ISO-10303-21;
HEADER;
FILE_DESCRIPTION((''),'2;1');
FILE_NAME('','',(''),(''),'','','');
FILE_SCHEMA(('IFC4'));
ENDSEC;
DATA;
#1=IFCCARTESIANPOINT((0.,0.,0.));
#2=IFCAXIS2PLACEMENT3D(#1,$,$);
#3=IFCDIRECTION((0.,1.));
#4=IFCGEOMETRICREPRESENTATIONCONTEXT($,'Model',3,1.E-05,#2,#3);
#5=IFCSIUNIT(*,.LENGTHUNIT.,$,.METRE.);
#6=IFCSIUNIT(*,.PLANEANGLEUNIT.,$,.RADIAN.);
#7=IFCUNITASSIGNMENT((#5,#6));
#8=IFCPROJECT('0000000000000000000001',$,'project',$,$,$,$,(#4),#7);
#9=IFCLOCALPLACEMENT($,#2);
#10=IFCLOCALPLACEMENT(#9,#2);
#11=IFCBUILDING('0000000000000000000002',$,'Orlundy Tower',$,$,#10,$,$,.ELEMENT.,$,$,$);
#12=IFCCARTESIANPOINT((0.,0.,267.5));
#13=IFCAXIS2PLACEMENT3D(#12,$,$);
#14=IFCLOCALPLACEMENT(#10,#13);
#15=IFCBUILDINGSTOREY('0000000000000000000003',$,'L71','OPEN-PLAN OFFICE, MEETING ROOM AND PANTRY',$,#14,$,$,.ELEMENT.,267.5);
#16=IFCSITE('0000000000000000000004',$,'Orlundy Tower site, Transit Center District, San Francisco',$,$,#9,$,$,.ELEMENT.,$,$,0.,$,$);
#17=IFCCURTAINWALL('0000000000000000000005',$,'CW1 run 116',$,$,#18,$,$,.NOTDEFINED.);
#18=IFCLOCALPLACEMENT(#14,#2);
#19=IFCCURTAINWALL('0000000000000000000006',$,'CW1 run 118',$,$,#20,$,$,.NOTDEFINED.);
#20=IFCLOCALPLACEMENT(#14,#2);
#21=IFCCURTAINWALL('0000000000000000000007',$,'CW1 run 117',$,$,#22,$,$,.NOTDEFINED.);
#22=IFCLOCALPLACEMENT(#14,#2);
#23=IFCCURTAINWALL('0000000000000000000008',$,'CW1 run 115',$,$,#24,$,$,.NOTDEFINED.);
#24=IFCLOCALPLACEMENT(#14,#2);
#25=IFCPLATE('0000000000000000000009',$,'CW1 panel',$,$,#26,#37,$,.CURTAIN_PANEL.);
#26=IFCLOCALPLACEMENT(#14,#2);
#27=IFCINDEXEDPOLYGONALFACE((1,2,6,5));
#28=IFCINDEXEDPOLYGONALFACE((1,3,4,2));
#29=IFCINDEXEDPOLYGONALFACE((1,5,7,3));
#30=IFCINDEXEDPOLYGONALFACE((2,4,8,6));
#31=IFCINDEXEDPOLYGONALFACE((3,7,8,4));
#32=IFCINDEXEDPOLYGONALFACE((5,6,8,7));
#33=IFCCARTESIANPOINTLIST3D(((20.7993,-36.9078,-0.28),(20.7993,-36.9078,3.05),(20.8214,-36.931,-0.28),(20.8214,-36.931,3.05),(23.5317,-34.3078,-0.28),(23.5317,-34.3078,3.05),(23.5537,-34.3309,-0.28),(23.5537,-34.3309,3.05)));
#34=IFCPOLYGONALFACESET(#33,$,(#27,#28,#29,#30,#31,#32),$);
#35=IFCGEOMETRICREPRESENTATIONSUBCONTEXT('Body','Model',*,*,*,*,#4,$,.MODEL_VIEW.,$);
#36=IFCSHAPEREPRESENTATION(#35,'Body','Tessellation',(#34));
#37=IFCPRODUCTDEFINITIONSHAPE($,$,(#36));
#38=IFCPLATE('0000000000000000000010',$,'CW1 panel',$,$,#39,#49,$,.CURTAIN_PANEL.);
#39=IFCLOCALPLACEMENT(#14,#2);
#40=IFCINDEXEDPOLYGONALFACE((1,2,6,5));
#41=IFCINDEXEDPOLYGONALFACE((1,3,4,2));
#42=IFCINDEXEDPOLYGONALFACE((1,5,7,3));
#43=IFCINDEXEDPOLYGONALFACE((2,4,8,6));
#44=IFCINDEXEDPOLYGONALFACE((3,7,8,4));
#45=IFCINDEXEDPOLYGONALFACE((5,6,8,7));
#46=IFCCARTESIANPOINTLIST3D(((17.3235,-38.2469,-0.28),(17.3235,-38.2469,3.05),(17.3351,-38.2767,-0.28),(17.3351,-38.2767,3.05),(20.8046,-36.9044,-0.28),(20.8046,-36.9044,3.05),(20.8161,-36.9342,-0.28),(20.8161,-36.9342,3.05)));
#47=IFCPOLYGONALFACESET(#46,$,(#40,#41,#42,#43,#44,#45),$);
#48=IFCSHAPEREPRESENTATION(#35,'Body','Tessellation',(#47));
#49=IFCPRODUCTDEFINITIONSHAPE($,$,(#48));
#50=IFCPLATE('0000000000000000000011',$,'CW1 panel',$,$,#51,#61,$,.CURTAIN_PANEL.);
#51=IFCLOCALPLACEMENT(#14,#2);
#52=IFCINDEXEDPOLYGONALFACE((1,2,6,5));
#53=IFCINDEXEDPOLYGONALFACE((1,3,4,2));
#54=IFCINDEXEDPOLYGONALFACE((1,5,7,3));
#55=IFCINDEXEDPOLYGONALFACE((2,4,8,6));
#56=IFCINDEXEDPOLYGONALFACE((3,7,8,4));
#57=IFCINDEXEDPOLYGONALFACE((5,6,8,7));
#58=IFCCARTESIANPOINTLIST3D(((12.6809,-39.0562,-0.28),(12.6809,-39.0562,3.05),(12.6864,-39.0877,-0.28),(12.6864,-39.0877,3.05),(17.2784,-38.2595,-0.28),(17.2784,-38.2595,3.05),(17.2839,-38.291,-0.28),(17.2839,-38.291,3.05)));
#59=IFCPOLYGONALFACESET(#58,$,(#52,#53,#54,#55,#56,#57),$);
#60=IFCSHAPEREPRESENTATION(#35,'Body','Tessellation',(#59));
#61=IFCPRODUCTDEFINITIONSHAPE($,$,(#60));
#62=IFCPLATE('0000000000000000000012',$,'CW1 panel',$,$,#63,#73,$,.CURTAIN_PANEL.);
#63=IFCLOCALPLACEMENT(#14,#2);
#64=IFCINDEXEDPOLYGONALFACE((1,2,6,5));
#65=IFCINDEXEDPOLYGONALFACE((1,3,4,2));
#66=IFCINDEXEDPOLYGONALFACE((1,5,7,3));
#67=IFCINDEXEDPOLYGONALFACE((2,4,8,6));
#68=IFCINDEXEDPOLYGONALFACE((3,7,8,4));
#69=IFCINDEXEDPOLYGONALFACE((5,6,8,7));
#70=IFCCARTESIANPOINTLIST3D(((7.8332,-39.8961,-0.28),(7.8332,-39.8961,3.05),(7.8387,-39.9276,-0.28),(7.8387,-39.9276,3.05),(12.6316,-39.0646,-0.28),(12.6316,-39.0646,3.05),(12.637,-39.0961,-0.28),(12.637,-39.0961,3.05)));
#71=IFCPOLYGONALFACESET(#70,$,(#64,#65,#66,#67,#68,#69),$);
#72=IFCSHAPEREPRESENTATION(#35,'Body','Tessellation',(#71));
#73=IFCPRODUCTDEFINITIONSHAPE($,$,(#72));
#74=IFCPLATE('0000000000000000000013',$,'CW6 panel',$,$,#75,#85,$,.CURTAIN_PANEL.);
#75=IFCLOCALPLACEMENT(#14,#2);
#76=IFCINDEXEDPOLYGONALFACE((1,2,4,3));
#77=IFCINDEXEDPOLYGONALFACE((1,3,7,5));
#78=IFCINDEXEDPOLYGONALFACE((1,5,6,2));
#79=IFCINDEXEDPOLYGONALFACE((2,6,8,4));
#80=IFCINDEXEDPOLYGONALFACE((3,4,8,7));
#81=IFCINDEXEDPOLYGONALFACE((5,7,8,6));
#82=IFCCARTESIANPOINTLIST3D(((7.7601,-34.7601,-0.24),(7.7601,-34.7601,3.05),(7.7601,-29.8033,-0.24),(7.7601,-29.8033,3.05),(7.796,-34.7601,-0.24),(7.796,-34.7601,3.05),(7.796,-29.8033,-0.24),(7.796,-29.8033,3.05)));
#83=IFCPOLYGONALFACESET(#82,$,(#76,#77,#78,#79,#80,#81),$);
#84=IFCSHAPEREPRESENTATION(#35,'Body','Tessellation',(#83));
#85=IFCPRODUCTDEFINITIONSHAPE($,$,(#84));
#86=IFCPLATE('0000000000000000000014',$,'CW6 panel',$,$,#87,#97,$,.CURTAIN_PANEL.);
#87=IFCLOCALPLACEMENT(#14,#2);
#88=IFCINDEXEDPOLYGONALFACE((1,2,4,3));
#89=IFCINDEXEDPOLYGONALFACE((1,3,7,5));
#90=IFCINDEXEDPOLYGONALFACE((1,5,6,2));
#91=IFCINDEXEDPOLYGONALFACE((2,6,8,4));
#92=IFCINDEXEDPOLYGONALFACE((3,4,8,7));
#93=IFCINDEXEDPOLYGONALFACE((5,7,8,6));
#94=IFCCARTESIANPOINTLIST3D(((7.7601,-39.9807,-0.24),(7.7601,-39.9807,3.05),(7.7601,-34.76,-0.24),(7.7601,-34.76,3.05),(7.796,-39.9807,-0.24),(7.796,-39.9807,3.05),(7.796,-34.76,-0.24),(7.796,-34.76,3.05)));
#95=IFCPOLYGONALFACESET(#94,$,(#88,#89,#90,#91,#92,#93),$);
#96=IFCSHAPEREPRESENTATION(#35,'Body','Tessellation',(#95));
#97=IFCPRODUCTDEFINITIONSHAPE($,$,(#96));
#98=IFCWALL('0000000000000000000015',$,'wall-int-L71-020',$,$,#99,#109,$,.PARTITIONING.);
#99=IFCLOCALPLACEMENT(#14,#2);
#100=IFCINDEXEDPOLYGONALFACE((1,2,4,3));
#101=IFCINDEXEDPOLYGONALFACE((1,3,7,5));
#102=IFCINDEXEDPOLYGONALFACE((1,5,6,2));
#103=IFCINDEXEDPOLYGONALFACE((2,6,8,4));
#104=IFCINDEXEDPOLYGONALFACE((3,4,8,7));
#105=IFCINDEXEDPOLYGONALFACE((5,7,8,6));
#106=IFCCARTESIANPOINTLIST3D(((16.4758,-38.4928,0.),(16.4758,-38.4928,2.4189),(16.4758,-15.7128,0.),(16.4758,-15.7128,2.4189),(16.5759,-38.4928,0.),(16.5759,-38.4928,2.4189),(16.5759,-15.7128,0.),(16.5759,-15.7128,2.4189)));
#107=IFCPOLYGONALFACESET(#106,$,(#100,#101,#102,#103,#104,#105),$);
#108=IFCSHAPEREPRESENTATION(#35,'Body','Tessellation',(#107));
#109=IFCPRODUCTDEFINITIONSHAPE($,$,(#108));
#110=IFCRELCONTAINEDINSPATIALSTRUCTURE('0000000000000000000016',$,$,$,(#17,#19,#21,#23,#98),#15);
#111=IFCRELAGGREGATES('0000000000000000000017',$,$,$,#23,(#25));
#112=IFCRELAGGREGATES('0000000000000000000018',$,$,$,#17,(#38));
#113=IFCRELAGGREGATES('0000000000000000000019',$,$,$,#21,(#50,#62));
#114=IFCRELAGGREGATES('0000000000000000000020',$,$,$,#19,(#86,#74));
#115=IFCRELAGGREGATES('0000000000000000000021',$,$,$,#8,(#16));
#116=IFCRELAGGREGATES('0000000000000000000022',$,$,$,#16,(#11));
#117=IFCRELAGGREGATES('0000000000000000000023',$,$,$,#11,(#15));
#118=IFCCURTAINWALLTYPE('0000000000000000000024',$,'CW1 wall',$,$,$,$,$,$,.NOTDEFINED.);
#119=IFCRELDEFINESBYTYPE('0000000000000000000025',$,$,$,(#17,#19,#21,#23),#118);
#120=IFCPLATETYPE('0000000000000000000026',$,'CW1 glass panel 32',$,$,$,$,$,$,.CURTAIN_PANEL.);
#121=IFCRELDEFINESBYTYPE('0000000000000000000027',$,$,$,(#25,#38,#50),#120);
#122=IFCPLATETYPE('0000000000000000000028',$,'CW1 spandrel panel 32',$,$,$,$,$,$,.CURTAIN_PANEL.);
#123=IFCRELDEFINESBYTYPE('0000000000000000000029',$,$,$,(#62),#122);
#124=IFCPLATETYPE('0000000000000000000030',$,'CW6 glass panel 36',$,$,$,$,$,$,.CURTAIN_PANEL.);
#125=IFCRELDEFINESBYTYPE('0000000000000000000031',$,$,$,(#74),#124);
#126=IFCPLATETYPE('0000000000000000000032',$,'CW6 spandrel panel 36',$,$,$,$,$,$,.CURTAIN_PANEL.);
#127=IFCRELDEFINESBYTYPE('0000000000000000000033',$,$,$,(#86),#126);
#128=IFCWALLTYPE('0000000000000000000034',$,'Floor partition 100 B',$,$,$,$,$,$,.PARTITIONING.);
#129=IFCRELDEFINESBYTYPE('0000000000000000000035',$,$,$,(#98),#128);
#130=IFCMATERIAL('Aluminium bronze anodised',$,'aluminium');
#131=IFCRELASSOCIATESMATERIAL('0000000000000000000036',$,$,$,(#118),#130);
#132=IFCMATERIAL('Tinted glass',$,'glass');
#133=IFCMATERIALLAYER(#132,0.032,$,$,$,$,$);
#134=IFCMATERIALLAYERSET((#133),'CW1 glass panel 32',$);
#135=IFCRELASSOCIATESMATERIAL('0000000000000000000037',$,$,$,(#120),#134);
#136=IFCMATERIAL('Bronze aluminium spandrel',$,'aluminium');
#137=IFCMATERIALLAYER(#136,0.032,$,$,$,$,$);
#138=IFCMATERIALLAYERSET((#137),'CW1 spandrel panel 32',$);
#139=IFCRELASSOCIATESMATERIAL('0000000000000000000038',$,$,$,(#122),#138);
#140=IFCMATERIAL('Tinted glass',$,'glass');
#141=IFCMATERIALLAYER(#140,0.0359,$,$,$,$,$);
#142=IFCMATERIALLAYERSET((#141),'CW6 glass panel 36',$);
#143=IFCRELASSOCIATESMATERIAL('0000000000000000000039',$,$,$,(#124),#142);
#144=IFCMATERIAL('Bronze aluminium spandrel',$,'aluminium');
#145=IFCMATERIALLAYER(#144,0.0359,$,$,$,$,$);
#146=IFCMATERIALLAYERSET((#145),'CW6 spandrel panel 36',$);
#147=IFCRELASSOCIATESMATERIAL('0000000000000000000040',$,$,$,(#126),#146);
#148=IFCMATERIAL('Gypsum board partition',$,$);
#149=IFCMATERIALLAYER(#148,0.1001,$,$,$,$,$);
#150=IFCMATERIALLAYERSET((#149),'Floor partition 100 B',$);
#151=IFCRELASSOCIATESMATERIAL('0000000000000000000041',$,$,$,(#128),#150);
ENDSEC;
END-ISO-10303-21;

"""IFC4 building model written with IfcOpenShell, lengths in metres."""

from ifc_helpers import new_model, si_unit, direction, frame, frame_2d, origin, origin_2d, place, context, subcontext, project, spatial, rectangle, extrude, material, layer, layer_set, type_object, element, aggregate, save


model = new_model("IFC4")

# Units and contexts
model_context = context("Model", 3, precision=1e-05, world=origin(), true_north=direction((0.0, 1.0)))
body_context = subcontext(model_context, "Body", "Model", "MODEL_VIEW")
ifc_project = project(units=[si_unit("LENGTHUNIT", "METRE"), si_unit("PLANEANGLEUNIT", "RADIAN")], contexts=[model_context])

# Site, building, storey
site_placement = place(None, origin())
site = spatial("IfcSite", under=ifc_project, at=site_placement, Name="Orlundy Tower site, Transit Center District, San Francisco", CompositionType="ELEMENT", RefElevation=0.0)
building_placement = place(site_placement, origin())
building = spatial("IfcBuilding", under=site, at=building_placement, Name="Orlundy Tower", CompositionType="ELEMENT")
storey_placement = place(building_placement, frame((0.0, 0.0, 267.5)))
storey = spatial("IfcBuildingStorey", under=building, at=storey_placement, Name="L71", Description="OPEN-PLAN OFFICE, MEETING ROOM AND PANTRY", CompositionType="ELEMENT", Elevation=267.5)

# Curtain walls
ifc_material_1 = material(Name="Aluminium bronze anodised", Category="aluminium")
curtain_wall_type = type_object("IfcCurtainWallType", Name="CW1 wall", PredefinedType="NOTDEFINED", material=ifc_material_1)
curtain_wall_1_placement = place(storey_placement, origin())
curtain_wall_1 = element("IfcCurtainWall", 1, at=curtain_wall_1_placement, inside=storey, type_object=curtain_wall_type, Name="CW1 run 116", PredefinedType="NOTDEFINED")
curtain_wall_2_placement = place(storey_placement, origin())
curtain_wall_2 = element("IfcCurtainWall", 2, at=curtain_wall_2_placement, inside=storey, type_object=curtain_wall_type, Name="CW1 run 118", PredefinedType="NOTDEFINED")

# Curtain wall
curtain_wall_3_placement = place(storey_placement, origin())
curtain_wall_3 = element("IfcCurtainWall", 3, at=curtain_wall_3_placement, inside=storey, type_object=curtain_wall_type, Name="CW1 run 117", PredefinedType="NOTDEFINED")

# Curtain wall
curtain_wall_4_placement = place(storey_placement, origin())
curtain_wall_4 = element("IfcCurtainWall", 4, at=curtain_wall_4_placement, inside=storey, type_object=curtain_wall_type, Name="CW1 run 115", PredefinedType="NOTDEFINED")

# Shared definitions
ifc_material_2 = material(Name="Tinted glass", Category="glass")
ifc_layer_1 = layer(ifc_material_2, 0.032)
ifc_layer_set_1 = layer_set([ifc_layer_1], Name="CW1 glass panel 32")
plate_type_1 = type_object("IfcPlateType", Name="CW1 glass panel 32", PredefinedType="CURTAIN_PANEL", material=ifc_layer_set_1)

# Plates
plate_1_placement = place(storey_placement, frame((22.1765, -35.6194, -0.28), z_axis=(0.0, 0.0, 1.0), x_axis=(-0.724427, -0.689352, 0.0)))
plate_1 = element("IfcPlate", 5, at=plate_1_placement, type_object=plate_type_1, Name="CW1 panel", PredefinedType="CURTAIN_PANEL", context=body_context, shape_type="SweptSolid", body=[
    extrude(rectangle(XDim=3.7717, YDim=0.032, at=origin_2d()), origin(), (0.0, 0.0, 1.0), 3.3301),
])
aggregate(curtain_wall_4, [plate_1])
plate_2_placement = place(storey_placement, frame((19.0698, -37.5906, -0.28), z_axis=(0.0, 0.0, 1.0), x_axis=(-0.933018, -0.359828, 0.0)))
plate_2 = element("IfcPlate", 6, at=plate_2_placement, type_object=plate_type_1, Name="CW1 panel", PredefinedType="CURTAIN_PANEL", context=body_context, shape_type="SweptSolid", body=[
    extrude(rectangle(XDim=3.731, YDim=0.032, at=origin_2d()), origin(), (0.0, 0.0, 1.0), 3.3301),
])
aggregate(curtain_wall_1, [plate_2])
plate_3_placement = place(storey_placement, frame((14.9824, -38.6736, -0.28), z_axis=(0.0, 0.0, 1.0), x_axis=(-0.985315, -0.170744, 0.0)))
plate_3 = element("IfcPlate", 7, at=plate_3_placement, type_object=plate_type_1, Name="CW1 panel", PredefinedType="CURTAIN_PANEL", context=body_context, shape_type="SweptSolid", body=[
    extrude(rectangle(XDim=4.666, YDim=0.032, at=origin_2d()), origin(), (0.0, 0.0, 1.0), 3.3301),
])
ifc_material_3 = material(Name="Bronze aluminium spandrel", Category="aluminium")
ifc_layer_2 = layer(ifc_material_3, 0.032)
ifc_layer_set_2 = layer_set([ifc_layer_2], Name="CW1 spandrel panel 32")
plate_type_2 = type_object("IfcPlateType", Name="CW1 spandrel panel 32", PredefinedType="CURTAIN_PANEL", material=ifc_layer_set_2)
plate_4_placement = place(storey_placement, frame((10.2351, -39.4961, -0.28), z_axis=(0.0, 0.0, 1.0), x_axis=(-0.985315, -0.170744, 0.0)))
plate_4 = element("IfcPlate", 8, at=plate_4_placement, type_object=plate_type_2, Name="CW1 panel", PredefinedType="CURTAIN_PANEL", context=body_context, shape_type="SweptSolid", body=[
    extrude(rectangle(XDim=4.8699, YDim=0.032, at=origin_2d()), origin(), (0.0, 0.0, 1.0), 3.3301),
])
aggregate(curtain_wall_3, [plate_3, plate_4])
ifc_material_4 = material(Name="Tinted glass", Category="glass")
ifc_layer_3 = layer(ifc_material_4, 0.0359)
ifc_layer_set_3 = layer_set([ifc_layer_3], Name="CW6 glass panel 36")
plate_type_3 = type_object("IfcPlateType", Name="CW6 glass panel 36", PredefinedType="CURTAIN_PANEL", material=ifc_layer_set_3)
plate_5_placement = place(storey_placement, frame((7.7781, -32.2817, -0.24), z_axis=(0.0, 0.0, 1.0), x_axis=(0.0, 1.0, 0.0)))
plate_5 = element("IfcPlate", 9, at=plate_5_placement, type_object=plate_type_3, Name="CW6 panel", PredefinedType="CURTAIN_PANEL", context=body_context, shape_type="SweptSolid", body=[
    extrude(rectangle(XDim=4.9568, YDim=0.0359, at=origin_2d()), origin(), (0.0, 0.0, 1.0), 3.29),
])
ifc_material_5 = material(Name="Bronze aluminium spandrel", Category="aluminium")
ifc_layer_4 = layer(ifc_material_5, 0.0359)
ifc_layer_set_4 = layer_set([ifc_layer_4], Name="CW6 spandrel panel 36")
plate_type_4 = type_object("IfcPlateType", Name="CW6 spandrel panel 36", PredefinedType="CURTAIN_PANEL", material=ifc_layer_set_4)
plate_6_placement = place(storey_placement, frame((7.7781, -37.3704, -0.24), z_axis=(0.0, 0.0, 1.0), x_axis=(0.0, 1.0, 0.0)))
plate_6 = element("IfcPlate", 10, at=plate_6_placement, type_object=plate_type_4, Name="CW6 panel", PredefinedType="CURTAIN_PANEL", context=body_context, shape_type="SweptSolid", body=[
    extrude(rectangle(XDim=5.2207, YDim=0.0359, at=origin_2d()), origin(), (0.0, 0.0, 1.0), 3.29),
])
aggregate(curtain_wall_2, [plate_6, plate_5])

# Wall
ifc_material_6 = material(Name="Gypsum board partition")
ifc_layer_5 = layer(ifc_material_6, 0.1001)
ifc_layer_set_5 = layer_set([ifc_layer_5], Name="Floor partition 100 B")
wall_type = type_object("IfcWallType", Name="Floor partition 100 B", PredefinedType="PARTITIONING", material=ifc_layer_set_5)
wall_placement = place(storey_placement, frame((16.5259, -38.4929, 0.0), z_axis=(0.0, 0.0, 1.0), x_axis=(0.0, 1.0, 0.0)))
element("IfcWall", 11, at=wall_placement, inside=storey, type_object=wall_type, Name="wall-int-L71-020", PredefinedType="PARTITIONING", context=body_context, shape_type="SweptSolid", body=[
    extrude(rectangle(XDim=22.78, YDim=0.1001, at=frame_2d((11.3901, 0.0))), origin(), (0.0, 0.0, 1.0), 2.4189),
])

save(model, "model.ifc")
